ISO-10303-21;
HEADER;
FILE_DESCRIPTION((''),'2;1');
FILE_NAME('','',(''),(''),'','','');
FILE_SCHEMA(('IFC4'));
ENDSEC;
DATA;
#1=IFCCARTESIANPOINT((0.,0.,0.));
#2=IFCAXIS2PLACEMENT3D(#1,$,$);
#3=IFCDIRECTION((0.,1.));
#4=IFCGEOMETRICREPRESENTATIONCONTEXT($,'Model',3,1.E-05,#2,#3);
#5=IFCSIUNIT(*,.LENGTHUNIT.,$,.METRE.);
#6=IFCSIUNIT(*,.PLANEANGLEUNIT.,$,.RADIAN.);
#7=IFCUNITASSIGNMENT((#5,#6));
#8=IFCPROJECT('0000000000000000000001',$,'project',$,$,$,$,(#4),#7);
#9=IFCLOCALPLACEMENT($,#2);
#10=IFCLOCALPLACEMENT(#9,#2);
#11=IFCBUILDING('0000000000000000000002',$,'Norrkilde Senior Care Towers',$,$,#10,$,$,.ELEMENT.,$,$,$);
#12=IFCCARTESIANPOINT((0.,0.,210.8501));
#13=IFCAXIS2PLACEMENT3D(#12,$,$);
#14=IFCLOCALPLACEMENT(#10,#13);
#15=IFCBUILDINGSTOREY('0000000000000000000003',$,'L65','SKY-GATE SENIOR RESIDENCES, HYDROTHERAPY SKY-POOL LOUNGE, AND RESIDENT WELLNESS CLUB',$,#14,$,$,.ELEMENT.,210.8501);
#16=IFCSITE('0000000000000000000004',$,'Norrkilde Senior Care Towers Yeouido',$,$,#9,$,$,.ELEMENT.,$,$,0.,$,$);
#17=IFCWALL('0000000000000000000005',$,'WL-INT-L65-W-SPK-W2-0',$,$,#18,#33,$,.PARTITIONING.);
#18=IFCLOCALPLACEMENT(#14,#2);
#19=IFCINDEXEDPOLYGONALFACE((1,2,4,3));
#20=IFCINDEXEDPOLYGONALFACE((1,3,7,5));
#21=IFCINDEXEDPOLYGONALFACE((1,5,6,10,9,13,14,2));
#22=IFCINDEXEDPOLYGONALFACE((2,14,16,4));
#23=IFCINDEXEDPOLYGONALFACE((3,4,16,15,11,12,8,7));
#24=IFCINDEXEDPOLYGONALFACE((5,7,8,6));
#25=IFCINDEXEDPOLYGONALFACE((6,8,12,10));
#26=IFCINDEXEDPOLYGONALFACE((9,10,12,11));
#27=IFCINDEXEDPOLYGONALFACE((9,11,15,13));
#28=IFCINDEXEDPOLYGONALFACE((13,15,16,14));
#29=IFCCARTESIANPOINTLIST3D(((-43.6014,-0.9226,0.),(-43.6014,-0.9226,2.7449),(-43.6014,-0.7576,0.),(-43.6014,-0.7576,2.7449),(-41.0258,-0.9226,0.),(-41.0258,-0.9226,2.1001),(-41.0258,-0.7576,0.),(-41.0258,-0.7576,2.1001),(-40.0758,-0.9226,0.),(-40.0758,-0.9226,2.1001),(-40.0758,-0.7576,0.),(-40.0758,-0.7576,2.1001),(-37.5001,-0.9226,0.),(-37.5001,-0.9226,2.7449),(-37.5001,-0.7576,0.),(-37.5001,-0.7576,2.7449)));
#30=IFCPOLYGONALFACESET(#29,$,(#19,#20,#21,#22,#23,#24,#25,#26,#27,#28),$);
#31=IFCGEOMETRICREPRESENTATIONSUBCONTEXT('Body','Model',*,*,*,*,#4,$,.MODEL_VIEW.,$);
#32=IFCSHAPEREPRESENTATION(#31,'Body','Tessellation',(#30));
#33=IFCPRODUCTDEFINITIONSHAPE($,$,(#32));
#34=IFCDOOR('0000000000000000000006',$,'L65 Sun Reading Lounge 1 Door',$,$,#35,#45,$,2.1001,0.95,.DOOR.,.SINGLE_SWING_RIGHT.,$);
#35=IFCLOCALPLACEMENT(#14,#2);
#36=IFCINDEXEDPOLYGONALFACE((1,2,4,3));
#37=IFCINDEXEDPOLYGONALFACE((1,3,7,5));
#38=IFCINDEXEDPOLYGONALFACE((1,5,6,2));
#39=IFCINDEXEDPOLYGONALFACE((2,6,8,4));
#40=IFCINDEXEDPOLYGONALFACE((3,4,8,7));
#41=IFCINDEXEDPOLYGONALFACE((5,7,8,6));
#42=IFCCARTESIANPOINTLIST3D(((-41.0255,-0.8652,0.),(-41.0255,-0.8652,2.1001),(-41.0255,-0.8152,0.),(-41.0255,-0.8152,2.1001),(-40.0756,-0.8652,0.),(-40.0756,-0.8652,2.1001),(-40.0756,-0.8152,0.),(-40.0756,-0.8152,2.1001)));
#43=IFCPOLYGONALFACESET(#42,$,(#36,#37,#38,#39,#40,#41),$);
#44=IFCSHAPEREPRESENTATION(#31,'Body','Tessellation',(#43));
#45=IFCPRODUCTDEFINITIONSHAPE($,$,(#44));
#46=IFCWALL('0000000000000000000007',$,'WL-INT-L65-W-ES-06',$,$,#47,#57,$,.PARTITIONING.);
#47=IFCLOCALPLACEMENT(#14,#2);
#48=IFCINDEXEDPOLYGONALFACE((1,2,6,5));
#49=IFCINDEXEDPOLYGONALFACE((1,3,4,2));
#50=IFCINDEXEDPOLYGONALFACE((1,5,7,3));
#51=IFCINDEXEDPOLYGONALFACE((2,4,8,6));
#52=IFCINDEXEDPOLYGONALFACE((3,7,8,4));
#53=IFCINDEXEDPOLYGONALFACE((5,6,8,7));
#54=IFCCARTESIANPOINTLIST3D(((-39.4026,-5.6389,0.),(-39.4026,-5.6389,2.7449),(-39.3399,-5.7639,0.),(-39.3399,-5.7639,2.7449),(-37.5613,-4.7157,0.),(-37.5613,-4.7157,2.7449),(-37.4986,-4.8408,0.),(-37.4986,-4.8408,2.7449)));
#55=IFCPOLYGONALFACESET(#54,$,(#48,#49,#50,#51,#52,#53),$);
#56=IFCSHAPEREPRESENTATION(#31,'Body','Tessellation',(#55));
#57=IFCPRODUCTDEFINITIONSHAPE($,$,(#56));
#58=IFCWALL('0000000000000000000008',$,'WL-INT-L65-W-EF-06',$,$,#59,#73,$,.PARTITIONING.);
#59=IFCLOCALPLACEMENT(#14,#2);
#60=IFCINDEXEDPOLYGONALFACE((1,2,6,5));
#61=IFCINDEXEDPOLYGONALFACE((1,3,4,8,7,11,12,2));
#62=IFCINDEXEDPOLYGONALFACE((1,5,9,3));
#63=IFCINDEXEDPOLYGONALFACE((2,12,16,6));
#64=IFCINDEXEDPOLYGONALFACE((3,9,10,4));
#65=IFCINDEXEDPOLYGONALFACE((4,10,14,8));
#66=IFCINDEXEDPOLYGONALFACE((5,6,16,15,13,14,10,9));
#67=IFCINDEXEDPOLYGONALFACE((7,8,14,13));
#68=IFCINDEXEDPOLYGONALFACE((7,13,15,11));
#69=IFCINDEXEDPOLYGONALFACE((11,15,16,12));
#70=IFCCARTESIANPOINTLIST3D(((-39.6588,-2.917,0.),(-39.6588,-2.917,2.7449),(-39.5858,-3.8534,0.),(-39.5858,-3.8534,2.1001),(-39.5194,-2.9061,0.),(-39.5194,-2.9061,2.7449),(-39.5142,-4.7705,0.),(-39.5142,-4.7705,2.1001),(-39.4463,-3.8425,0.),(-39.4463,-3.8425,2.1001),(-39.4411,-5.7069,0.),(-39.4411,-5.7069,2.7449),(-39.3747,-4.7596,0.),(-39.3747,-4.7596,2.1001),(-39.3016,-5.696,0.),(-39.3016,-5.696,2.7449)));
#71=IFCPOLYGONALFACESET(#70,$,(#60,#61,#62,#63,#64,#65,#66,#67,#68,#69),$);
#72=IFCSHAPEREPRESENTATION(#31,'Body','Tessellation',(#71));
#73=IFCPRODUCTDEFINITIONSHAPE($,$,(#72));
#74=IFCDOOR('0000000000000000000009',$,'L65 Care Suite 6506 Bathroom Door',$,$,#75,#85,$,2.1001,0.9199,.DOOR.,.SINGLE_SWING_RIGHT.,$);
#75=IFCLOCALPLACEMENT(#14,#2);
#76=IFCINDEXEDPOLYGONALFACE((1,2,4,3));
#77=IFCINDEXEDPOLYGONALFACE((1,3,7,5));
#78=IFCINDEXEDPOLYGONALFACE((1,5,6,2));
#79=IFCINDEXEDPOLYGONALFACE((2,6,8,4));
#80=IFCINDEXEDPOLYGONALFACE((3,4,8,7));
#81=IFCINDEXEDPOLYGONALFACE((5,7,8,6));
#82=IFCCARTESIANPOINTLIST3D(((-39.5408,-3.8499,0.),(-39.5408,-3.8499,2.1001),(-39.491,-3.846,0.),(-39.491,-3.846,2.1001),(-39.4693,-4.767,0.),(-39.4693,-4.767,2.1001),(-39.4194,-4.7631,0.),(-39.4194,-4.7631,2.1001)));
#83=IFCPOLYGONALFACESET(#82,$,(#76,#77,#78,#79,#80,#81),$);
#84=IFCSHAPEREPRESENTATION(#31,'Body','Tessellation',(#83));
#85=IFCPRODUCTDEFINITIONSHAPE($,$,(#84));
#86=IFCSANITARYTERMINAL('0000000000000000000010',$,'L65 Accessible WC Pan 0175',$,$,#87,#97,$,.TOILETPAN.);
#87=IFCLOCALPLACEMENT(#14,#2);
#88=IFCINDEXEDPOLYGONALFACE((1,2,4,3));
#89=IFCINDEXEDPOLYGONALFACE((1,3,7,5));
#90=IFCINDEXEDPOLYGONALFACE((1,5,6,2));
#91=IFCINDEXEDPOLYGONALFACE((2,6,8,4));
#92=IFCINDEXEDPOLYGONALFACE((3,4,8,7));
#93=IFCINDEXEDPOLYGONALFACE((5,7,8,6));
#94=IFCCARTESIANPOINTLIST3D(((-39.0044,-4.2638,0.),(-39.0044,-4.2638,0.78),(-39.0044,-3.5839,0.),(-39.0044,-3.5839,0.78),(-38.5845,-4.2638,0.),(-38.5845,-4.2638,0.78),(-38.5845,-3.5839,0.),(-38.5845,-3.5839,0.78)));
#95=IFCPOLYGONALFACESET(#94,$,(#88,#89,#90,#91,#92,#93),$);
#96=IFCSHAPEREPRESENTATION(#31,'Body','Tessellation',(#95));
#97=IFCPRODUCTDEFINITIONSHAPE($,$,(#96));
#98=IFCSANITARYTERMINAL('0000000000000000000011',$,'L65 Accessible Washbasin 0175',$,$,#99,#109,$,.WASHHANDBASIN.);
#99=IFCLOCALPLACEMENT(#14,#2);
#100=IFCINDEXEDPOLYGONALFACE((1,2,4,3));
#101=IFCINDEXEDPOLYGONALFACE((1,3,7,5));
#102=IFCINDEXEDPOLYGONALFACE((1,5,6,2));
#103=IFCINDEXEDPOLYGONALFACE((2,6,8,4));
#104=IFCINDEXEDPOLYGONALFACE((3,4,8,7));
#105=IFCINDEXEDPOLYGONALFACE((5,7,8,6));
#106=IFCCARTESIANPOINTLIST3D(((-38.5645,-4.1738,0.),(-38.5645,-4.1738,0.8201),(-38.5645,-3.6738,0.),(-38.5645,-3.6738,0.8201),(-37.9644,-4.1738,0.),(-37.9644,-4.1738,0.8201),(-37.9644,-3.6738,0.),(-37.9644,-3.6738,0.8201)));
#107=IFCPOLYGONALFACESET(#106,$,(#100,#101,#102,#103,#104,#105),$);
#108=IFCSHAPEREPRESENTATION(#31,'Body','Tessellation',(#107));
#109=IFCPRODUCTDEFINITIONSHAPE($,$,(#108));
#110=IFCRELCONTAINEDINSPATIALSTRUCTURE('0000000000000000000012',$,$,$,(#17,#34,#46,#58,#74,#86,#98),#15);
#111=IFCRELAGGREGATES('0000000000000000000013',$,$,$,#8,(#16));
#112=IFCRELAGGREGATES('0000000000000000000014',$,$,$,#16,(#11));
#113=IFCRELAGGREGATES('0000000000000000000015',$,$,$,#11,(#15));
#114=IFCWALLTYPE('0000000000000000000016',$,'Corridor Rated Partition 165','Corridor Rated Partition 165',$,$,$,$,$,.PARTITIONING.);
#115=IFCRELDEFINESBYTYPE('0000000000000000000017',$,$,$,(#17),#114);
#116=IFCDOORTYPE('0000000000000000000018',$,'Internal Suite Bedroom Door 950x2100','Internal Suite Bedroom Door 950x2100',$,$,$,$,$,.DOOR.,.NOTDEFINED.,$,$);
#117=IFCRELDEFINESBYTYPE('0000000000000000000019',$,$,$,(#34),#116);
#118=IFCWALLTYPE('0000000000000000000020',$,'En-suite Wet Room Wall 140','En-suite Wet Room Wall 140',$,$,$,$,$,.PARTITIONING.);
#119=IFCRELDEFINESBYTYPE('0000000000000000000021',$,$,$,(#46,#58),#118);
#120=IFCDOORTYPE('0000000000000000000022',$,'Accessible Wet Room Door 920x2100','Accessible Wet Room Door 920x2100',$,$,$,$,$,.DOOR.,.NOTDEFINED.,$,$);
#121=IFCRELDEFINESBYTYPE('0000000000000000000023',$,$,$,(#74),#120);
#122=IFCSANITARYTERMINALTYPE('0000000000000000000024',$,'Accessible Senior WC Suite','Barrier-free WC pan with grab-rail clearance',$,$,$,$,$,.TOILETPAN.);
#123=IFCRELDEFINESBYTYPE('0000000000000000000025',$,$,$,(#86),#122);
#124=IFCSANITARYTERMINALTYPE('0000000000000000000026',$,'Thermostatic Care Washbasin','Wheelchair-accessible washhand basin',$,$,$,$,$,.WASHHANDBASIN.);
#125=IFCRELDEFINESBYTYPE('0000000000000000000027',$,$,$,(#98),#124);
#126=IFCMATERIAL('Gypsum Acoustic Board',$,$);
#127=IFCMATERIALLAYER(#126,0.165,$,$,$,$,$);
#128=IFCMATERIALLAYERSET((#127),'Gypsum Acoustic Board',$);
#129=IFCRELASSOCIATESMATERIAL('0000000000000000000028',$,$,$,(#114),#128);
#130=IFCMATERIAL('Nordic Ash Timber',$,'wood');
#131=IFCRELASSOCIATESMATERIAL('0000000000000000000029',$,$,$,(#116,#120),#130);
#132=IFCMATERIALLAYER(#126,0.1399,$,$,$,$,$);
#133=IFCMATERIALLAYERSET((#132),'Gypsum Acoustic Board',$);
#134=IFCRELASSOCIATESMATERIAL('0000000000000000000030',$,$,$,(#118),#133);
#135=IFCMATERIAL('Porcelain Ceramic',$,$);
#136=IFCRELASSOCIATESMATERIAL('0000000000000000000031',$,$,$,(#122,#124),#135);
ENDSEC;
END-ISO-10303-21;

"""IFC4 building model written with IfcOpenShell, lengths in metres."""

from ifc_helpers import new_model, si_unit, direction, frame, frame_2d, origin, origin_2d, place, context, subcontext, project, spatial, rectangle, extrude, source, transform, mapped, material, layer, layer_set, type_object, type_shapes, element, fill, save


model = new_model("IFC4")

# Units and contexts
model_context = context("Model", 3, precision=1e-05, world=origin(), true_north=direction((0.0, 1.0)))
body_context = subcontext(model_context, "Body", "Model", "MODEL_VIEW")
ifc_project = project(units=[si_unit("LENGTHUNIT", "METRE"), si_unit("PLANEANGLEUNIT", "RADIAN")], contexts=[model_context])

# Site, building, storey
site_placement = place(None, origin())
site = spatial("IfcSite", under=ifc_project, at=site_placement, Name="Norrkilde Senior Care Towers Yeouido", CompositionType="ELEMENT", RefElevation=0.0)
building_placement = place(site_placement, origin())
building = spatial("IfcBuilding", under=site, at=building_placement, Name="Norrkilde Senior Care Towers", CompositionType="ELEMENT")
storey_placement = place(building_placement, frame((0.0, 0.0, 210.8501)))
storey = spatial("IfcBuildingStorey", under=building, at=storey_placement, Name="L65", Description="SKY-GATE SENIOR RESIDENCES, HYDROTHERAPY SKY-POOL LOUNGE, AND RESIDENT WELLNESS CLUB", CompositionType="ELEMENT", Elevation=210.8501)

# Shared definitions
ifc_material_1 = material(Name="Gypsum Acoustic Board")
ifc_layer_1 = layer(ifc_material_1, 0.165)
ifc_layer_set_1 = layer_set([ifc_layer_1], Name="Gypsum Acoustic Board")
wall_type_1 = type_object("IfcWallType", Name="Corridor Rated Partition 165", Description="Corridor Rated Partition 165", PredefinedType="PARTITIONING", material=ifc_layer_set_1)

# Wall, opening, door
shared_shape_1 = source(origin(), body_context, "Body", "SweptSolid", [
    extrude(rectangle(XDim=6.1013, YDim=0.165, at=frame_2d((3.0508, 0.0))), origin(), (0.0, 0.0, 1.0), 2.7449),
])
wall_1_placement = place(storey_placement, frame((-37.5, -0.8401, 0.0), z_axis=(0.0, 0.0, 1.0), x_axis=(-1.0, 0.0, 0.0)))
wall_1 = element("IfcWall", 1, at=wall_1_placement, inside=storey, type_object=wall_type_1, Name="WL-INT-L65-W-SPK-W2-0", PredefinedType="PARTITIONING", context=body_context, shape_type="MappedRepresentation", body=[
    mapped(shared_shape_1, transform((0.0, 0.0, 0.0), x_axis=(1.0, 0.0, 0.0), y_axis=(0.0, 1.0, 0.0), z_axis=(0.0, 0.0, 1.0), scale=1.0)),
])
opening_1_placement = place(wall_1_placement, frame((2.5757, 0.0, 0.0)))
opening_1 = element("IfcOpeningElement", 2, at=opening_1_placement, cuts=wall_1, PredefinedType="OPENING", context=body_context, shape_type="SweptSolid", body=[
    extrude(rectangle(XDim=0.95, YDim=2.1001, at=frame_2d((0.4751, 1.05))), frame((0.0, 0.0925, 0.0), z_axis=(0.0, -1.0, 0.0), x_axis=(1.0, 0.0, 0.0)), (0.0, 0.0, 1.0), 0.1851),
])
ifc_material_2 = material(Name="Nordic Ash Timber", Category="wood")
door_type_1 = type_object("IfcDoorType", Name="Internal Suite Bedroom Door 950x2100", Description="Internal Suite Bedroom Door 950x2100", OperationType="NOTDEFINED", PredefinedType="DOOR", material=ifc_material_2)
shared_shape_2 = source(origin(), body_context, "Body", "SweptSolid", [
    extrude(rectangle(XDim=0.95, YDim=2.1001, at=frame_2d((0.4751, 1.05))), frame((0.0, 0.0249, 0.0), z_axis=(0.0, -1.0, 0.0), x_axis=(1.0, 0.0, 0.0)), (0.0, 0.0, 1.0), 0.05),
])
type_shapes(door_type_1, [shared_shape_2])
door_1_placement = place(opening_1_placement, frame((0.95, 0.0, 0.0), z_axis=(0.0, 0.0, 1.0), x_axis=(-1.0, 0.0, 0.0)))
door_1 = element("IfcDoor", 3, at=door_1_placement, inside=storey, type_object=door_type_1, Name="L65 Sun Reading Lounge 1 Door", OperationType="SINGLE_SWING_RIGHT", OverallHeight=2.1001, OverallWidth=0.95, PredefinedType="DOOR", context=body_context, shape_type="MappedRepresentation", body=[
    mapped(shared_shape_2, transform((0.0, 0.0, 0.0), x_axis=(1.0, 0.0, 0.0), y_axis=(0.0, 1.0, 0.0), z_axis=(0.0, 0.0, 1.0), scale=1.0)),
])
fill(opening_1, door_1)

# Wall
ifc_layer_2 = layer(ifc_material_1, 0.1399)
ifc_layer_set_2 = layer_set([ifc_layer_2], Name="Gypsum Acoustic Board")
wall_type_2 = type_object("IfcWallType", Name="En-suite Wet Room Wall 140", Description="En-suite Wet Room Wall 140", PredefinedType="PARTITIONING", material=ifc_layer_set_2)
shared_shape_3 = source(origin(), body_context, "Body", "SweptSolid", [
    extrude(rectangle(XDim=2.0598, YDim=0.1399, at=frame_2d((1.0298, 0.0))), origin(), (0.0, 0.0, 1.0), 2.7449),
])
wall_2_placement = place(storey_placement, frame((-37.53, -4.7783, 0.0), z_axis=(0.0, 0.0, 1.0), x_axis=(-0.893953, -0.448162, 0.0)))
element("IfcWall", 4, at=wall_2_placement, inside=storey, type_object=wall_type_2, Name="WL-INT-L65-W-ES-06", PredefinedType="PARTITIONING", context=body_context, shape_type="MappedRepresentation", body=[
    mapped(shared_shape_3, transform((0.0, 0.0, 0.0), x_axis=(1.0, 0.0, 0.0), y_axis=(0.0, 1.0, 0.0), z_axis=(0.0, 0.0, 1.0), scale=1.0)),
])

# Wall, opening, door
shared_shape_4 = source(origin(), body_context, "Body", "SweptSolid", [
    extrude(rectangle(XDim=2.7983, YDim=0.1399, at=frame_2d((1.3992, 0.0))), origin(), (0.0, 0.0, 1.0), 2.7449),
])
type_shapes(wall_type_2, [shared_shape_3, shared_shape_4])
wall_3_placement = place(storey_placement, frame((-39.3713, -5.7014, 0.0), z_axis=(0.0, 0.0, 1.0), x_axis=(-0.077824, 0.996967, 0.0)))
wall_3 = element("IfcWall", 5, at=wall_3_placement, inside=storey, type_object=wall_type_2, Name="WL-INT-L65-W-EF-06", PredefinedType="PARTITIONING", context=body_context, shape_type="MappedRepresentation", body=[
    mapped(shared_shape_4, transform((0.0, 0.0, 0.0), x_axis=(1.0, 0.0, 0.0), y_axis=(0.0, 1.0, 0.0), z_axis=(0.0, 0.0, 1.0), scale=1.0)),
])
opening_2_placement = place(wall_3_placement, frame((0.9392, 0.0, 0.0)))
opening_2 = element("IfcOpeningElement", 6, at=opening_2_placement, cuts=wall_3, PredefinedType="OPENING", context=body_context, shape_type="SweptSolid", body=[
    extrude(rectangle(XDim=0.9199, YDim=2.1001, at=frame_2d((0.46, 1.05))), frame((0.0, 0.0798, 0.0), z_axis=(0.0, -1.0, 0.0), x_axis=(1.0, 0.0, 0.0)), (0.0, 0.0, 1.0), 0.1599),
])
door_type_2 = type_object("IfcDoorType", Name="Accessible Wet Room Door 920x2100", Description="Accessible Wet Room Door 920x2100", OperationType="NOTDEFINED", PredefinedType="DOOR", material=ifc_material_2)
shared_shape_5 = source(origin(), body_context, "Body", "SweptSolid", [
    extrude(rectangle(XDim=0.9199, YDim=2.1001, at=frame_2d((0.46, 1.05))), frame((0.0, 0.0249, 0.0), z_axis=(0.0, -1.0, 0.0), x_axis=(1.0, 0.0, 0.0)), (0.0, 0.0, 1.0), 0.05),
])
type_shapes(door_type_2, [shared_shape_5])
door_2_placement = place(opening_2_placement, origin())
door_2 = element("IfcDoor", 7, at=door_2_placement, inside=storey, type_object=door_type_2, Name="L65 Care Suite 6506 Bathroom Door", OperationType="SINGLE_SWING_RIGHT", OverallHeight=2.1001, OverallWidth=0.9199, PredefinedType="DOOR", context=body_context, shape_type="MappedRepresentation", body=[
    mapped(shared_shape_5, transform((0.0, 0.0, 0.0), x_axis=(1.0, 0.0, 0.0), y_axis=(0.0, 1.0, 0.0), z_axis=(0.0, 0.0, 1.0), scale=1.0)),
])
fill(opening_2, door_2)

# Sanitary terminals
ifc_material_3 = material(Name="Porcelain Ceramic")
sanitary_terminal_type_1 = type_object("IfcSanitaryTerminalType", Name="Accessible Senior WC Suite", Description="Barrier-free WC pan with grab-rail clearance", PredefinedType="TOILETPAN", material=ifc_material_3)
shared_shape_6 = source(origin(), body_context, "Body", "SweptSolid", [
    extrude(rectangle(XDim=0.4199, YDim=0.6799, at=origin_2d()), origin(), (0.0, 0.0, 1.0), 0.78),
])
type_shapes(sanitary_terminal_type_1, [shared_shape_6])
sanitary_terminal_1_placement = place(storey_placement, frame((-38.7944, -3.9238, 0.0), z_axis=(0.0, 0.0, 1.0), x_axis=(1.0, 0.0, 0.0)))
element("IfcSanitaryTerminal", 8, at=sanitary_terminal_1_placement, inside=storey, type_object=sanitary_terminal_type_1, Name="L65 Accessible WC Pan 0175", PredefinedType="TOILETPAN", context=body_context, shape_type="MappedRepresentation", body=[
    mapped(shared_shape_6, transform((0.0, 0.0, 0.0), x_axis=(1.0, 0.0, 0.0), y_axis=(0.0, 1.0, 0.0), z_axis=(0.0, 0.0, 1.0), scale=1.0)),
])
sanitary_terminal_type_2 = type_object("IfcSanitaryTerminalType", Name="Thermostatic Care Washbasin", Description="Wheelchair-accessible washhand basin", PredefinedType="WASHHANDBASIN", material=ifc_material_3)
shared_shape_7 = source(origin(), body_context, "Body", "SweptSolid", [
    extrude(rectangle(XDim=0.6001, YDim=0.5, at=origin_2d()), origin(), (0.0, 0.0, 1.0), 0.8201),
])
type_shapes(sanitary_terminal_type_2, [shared_shape_7])
sanitary_terminal_2_placement = place(storey_placement, frame((-38.2644, -3.9238, 0.0), z_axis=(0.0, 0.0, 1.0), x_axis=(1.0, 0.0, 0.0)))
element("IfcSanitaryTerminal", 9, at=sanitary_terminal_2_placement, inside=storey, type_object=sanitary_terminal_type_2, Name="L65 Accessible Washbasin 0175", PredefinedType="WASHHANDBASIN", context=body_context, shape_type="MappedRepresentation", body=[
    mapped(shared_shape_7, transform((0.0, 0.0, 0.0), x_axis=(1.0, 0.0, 0.0), y_axis=(0.0, 1.0, 0.0), z_axis=(0.0, 0.0, 1.0), scale=1.0)),
])

save(model, "model.ifc")
